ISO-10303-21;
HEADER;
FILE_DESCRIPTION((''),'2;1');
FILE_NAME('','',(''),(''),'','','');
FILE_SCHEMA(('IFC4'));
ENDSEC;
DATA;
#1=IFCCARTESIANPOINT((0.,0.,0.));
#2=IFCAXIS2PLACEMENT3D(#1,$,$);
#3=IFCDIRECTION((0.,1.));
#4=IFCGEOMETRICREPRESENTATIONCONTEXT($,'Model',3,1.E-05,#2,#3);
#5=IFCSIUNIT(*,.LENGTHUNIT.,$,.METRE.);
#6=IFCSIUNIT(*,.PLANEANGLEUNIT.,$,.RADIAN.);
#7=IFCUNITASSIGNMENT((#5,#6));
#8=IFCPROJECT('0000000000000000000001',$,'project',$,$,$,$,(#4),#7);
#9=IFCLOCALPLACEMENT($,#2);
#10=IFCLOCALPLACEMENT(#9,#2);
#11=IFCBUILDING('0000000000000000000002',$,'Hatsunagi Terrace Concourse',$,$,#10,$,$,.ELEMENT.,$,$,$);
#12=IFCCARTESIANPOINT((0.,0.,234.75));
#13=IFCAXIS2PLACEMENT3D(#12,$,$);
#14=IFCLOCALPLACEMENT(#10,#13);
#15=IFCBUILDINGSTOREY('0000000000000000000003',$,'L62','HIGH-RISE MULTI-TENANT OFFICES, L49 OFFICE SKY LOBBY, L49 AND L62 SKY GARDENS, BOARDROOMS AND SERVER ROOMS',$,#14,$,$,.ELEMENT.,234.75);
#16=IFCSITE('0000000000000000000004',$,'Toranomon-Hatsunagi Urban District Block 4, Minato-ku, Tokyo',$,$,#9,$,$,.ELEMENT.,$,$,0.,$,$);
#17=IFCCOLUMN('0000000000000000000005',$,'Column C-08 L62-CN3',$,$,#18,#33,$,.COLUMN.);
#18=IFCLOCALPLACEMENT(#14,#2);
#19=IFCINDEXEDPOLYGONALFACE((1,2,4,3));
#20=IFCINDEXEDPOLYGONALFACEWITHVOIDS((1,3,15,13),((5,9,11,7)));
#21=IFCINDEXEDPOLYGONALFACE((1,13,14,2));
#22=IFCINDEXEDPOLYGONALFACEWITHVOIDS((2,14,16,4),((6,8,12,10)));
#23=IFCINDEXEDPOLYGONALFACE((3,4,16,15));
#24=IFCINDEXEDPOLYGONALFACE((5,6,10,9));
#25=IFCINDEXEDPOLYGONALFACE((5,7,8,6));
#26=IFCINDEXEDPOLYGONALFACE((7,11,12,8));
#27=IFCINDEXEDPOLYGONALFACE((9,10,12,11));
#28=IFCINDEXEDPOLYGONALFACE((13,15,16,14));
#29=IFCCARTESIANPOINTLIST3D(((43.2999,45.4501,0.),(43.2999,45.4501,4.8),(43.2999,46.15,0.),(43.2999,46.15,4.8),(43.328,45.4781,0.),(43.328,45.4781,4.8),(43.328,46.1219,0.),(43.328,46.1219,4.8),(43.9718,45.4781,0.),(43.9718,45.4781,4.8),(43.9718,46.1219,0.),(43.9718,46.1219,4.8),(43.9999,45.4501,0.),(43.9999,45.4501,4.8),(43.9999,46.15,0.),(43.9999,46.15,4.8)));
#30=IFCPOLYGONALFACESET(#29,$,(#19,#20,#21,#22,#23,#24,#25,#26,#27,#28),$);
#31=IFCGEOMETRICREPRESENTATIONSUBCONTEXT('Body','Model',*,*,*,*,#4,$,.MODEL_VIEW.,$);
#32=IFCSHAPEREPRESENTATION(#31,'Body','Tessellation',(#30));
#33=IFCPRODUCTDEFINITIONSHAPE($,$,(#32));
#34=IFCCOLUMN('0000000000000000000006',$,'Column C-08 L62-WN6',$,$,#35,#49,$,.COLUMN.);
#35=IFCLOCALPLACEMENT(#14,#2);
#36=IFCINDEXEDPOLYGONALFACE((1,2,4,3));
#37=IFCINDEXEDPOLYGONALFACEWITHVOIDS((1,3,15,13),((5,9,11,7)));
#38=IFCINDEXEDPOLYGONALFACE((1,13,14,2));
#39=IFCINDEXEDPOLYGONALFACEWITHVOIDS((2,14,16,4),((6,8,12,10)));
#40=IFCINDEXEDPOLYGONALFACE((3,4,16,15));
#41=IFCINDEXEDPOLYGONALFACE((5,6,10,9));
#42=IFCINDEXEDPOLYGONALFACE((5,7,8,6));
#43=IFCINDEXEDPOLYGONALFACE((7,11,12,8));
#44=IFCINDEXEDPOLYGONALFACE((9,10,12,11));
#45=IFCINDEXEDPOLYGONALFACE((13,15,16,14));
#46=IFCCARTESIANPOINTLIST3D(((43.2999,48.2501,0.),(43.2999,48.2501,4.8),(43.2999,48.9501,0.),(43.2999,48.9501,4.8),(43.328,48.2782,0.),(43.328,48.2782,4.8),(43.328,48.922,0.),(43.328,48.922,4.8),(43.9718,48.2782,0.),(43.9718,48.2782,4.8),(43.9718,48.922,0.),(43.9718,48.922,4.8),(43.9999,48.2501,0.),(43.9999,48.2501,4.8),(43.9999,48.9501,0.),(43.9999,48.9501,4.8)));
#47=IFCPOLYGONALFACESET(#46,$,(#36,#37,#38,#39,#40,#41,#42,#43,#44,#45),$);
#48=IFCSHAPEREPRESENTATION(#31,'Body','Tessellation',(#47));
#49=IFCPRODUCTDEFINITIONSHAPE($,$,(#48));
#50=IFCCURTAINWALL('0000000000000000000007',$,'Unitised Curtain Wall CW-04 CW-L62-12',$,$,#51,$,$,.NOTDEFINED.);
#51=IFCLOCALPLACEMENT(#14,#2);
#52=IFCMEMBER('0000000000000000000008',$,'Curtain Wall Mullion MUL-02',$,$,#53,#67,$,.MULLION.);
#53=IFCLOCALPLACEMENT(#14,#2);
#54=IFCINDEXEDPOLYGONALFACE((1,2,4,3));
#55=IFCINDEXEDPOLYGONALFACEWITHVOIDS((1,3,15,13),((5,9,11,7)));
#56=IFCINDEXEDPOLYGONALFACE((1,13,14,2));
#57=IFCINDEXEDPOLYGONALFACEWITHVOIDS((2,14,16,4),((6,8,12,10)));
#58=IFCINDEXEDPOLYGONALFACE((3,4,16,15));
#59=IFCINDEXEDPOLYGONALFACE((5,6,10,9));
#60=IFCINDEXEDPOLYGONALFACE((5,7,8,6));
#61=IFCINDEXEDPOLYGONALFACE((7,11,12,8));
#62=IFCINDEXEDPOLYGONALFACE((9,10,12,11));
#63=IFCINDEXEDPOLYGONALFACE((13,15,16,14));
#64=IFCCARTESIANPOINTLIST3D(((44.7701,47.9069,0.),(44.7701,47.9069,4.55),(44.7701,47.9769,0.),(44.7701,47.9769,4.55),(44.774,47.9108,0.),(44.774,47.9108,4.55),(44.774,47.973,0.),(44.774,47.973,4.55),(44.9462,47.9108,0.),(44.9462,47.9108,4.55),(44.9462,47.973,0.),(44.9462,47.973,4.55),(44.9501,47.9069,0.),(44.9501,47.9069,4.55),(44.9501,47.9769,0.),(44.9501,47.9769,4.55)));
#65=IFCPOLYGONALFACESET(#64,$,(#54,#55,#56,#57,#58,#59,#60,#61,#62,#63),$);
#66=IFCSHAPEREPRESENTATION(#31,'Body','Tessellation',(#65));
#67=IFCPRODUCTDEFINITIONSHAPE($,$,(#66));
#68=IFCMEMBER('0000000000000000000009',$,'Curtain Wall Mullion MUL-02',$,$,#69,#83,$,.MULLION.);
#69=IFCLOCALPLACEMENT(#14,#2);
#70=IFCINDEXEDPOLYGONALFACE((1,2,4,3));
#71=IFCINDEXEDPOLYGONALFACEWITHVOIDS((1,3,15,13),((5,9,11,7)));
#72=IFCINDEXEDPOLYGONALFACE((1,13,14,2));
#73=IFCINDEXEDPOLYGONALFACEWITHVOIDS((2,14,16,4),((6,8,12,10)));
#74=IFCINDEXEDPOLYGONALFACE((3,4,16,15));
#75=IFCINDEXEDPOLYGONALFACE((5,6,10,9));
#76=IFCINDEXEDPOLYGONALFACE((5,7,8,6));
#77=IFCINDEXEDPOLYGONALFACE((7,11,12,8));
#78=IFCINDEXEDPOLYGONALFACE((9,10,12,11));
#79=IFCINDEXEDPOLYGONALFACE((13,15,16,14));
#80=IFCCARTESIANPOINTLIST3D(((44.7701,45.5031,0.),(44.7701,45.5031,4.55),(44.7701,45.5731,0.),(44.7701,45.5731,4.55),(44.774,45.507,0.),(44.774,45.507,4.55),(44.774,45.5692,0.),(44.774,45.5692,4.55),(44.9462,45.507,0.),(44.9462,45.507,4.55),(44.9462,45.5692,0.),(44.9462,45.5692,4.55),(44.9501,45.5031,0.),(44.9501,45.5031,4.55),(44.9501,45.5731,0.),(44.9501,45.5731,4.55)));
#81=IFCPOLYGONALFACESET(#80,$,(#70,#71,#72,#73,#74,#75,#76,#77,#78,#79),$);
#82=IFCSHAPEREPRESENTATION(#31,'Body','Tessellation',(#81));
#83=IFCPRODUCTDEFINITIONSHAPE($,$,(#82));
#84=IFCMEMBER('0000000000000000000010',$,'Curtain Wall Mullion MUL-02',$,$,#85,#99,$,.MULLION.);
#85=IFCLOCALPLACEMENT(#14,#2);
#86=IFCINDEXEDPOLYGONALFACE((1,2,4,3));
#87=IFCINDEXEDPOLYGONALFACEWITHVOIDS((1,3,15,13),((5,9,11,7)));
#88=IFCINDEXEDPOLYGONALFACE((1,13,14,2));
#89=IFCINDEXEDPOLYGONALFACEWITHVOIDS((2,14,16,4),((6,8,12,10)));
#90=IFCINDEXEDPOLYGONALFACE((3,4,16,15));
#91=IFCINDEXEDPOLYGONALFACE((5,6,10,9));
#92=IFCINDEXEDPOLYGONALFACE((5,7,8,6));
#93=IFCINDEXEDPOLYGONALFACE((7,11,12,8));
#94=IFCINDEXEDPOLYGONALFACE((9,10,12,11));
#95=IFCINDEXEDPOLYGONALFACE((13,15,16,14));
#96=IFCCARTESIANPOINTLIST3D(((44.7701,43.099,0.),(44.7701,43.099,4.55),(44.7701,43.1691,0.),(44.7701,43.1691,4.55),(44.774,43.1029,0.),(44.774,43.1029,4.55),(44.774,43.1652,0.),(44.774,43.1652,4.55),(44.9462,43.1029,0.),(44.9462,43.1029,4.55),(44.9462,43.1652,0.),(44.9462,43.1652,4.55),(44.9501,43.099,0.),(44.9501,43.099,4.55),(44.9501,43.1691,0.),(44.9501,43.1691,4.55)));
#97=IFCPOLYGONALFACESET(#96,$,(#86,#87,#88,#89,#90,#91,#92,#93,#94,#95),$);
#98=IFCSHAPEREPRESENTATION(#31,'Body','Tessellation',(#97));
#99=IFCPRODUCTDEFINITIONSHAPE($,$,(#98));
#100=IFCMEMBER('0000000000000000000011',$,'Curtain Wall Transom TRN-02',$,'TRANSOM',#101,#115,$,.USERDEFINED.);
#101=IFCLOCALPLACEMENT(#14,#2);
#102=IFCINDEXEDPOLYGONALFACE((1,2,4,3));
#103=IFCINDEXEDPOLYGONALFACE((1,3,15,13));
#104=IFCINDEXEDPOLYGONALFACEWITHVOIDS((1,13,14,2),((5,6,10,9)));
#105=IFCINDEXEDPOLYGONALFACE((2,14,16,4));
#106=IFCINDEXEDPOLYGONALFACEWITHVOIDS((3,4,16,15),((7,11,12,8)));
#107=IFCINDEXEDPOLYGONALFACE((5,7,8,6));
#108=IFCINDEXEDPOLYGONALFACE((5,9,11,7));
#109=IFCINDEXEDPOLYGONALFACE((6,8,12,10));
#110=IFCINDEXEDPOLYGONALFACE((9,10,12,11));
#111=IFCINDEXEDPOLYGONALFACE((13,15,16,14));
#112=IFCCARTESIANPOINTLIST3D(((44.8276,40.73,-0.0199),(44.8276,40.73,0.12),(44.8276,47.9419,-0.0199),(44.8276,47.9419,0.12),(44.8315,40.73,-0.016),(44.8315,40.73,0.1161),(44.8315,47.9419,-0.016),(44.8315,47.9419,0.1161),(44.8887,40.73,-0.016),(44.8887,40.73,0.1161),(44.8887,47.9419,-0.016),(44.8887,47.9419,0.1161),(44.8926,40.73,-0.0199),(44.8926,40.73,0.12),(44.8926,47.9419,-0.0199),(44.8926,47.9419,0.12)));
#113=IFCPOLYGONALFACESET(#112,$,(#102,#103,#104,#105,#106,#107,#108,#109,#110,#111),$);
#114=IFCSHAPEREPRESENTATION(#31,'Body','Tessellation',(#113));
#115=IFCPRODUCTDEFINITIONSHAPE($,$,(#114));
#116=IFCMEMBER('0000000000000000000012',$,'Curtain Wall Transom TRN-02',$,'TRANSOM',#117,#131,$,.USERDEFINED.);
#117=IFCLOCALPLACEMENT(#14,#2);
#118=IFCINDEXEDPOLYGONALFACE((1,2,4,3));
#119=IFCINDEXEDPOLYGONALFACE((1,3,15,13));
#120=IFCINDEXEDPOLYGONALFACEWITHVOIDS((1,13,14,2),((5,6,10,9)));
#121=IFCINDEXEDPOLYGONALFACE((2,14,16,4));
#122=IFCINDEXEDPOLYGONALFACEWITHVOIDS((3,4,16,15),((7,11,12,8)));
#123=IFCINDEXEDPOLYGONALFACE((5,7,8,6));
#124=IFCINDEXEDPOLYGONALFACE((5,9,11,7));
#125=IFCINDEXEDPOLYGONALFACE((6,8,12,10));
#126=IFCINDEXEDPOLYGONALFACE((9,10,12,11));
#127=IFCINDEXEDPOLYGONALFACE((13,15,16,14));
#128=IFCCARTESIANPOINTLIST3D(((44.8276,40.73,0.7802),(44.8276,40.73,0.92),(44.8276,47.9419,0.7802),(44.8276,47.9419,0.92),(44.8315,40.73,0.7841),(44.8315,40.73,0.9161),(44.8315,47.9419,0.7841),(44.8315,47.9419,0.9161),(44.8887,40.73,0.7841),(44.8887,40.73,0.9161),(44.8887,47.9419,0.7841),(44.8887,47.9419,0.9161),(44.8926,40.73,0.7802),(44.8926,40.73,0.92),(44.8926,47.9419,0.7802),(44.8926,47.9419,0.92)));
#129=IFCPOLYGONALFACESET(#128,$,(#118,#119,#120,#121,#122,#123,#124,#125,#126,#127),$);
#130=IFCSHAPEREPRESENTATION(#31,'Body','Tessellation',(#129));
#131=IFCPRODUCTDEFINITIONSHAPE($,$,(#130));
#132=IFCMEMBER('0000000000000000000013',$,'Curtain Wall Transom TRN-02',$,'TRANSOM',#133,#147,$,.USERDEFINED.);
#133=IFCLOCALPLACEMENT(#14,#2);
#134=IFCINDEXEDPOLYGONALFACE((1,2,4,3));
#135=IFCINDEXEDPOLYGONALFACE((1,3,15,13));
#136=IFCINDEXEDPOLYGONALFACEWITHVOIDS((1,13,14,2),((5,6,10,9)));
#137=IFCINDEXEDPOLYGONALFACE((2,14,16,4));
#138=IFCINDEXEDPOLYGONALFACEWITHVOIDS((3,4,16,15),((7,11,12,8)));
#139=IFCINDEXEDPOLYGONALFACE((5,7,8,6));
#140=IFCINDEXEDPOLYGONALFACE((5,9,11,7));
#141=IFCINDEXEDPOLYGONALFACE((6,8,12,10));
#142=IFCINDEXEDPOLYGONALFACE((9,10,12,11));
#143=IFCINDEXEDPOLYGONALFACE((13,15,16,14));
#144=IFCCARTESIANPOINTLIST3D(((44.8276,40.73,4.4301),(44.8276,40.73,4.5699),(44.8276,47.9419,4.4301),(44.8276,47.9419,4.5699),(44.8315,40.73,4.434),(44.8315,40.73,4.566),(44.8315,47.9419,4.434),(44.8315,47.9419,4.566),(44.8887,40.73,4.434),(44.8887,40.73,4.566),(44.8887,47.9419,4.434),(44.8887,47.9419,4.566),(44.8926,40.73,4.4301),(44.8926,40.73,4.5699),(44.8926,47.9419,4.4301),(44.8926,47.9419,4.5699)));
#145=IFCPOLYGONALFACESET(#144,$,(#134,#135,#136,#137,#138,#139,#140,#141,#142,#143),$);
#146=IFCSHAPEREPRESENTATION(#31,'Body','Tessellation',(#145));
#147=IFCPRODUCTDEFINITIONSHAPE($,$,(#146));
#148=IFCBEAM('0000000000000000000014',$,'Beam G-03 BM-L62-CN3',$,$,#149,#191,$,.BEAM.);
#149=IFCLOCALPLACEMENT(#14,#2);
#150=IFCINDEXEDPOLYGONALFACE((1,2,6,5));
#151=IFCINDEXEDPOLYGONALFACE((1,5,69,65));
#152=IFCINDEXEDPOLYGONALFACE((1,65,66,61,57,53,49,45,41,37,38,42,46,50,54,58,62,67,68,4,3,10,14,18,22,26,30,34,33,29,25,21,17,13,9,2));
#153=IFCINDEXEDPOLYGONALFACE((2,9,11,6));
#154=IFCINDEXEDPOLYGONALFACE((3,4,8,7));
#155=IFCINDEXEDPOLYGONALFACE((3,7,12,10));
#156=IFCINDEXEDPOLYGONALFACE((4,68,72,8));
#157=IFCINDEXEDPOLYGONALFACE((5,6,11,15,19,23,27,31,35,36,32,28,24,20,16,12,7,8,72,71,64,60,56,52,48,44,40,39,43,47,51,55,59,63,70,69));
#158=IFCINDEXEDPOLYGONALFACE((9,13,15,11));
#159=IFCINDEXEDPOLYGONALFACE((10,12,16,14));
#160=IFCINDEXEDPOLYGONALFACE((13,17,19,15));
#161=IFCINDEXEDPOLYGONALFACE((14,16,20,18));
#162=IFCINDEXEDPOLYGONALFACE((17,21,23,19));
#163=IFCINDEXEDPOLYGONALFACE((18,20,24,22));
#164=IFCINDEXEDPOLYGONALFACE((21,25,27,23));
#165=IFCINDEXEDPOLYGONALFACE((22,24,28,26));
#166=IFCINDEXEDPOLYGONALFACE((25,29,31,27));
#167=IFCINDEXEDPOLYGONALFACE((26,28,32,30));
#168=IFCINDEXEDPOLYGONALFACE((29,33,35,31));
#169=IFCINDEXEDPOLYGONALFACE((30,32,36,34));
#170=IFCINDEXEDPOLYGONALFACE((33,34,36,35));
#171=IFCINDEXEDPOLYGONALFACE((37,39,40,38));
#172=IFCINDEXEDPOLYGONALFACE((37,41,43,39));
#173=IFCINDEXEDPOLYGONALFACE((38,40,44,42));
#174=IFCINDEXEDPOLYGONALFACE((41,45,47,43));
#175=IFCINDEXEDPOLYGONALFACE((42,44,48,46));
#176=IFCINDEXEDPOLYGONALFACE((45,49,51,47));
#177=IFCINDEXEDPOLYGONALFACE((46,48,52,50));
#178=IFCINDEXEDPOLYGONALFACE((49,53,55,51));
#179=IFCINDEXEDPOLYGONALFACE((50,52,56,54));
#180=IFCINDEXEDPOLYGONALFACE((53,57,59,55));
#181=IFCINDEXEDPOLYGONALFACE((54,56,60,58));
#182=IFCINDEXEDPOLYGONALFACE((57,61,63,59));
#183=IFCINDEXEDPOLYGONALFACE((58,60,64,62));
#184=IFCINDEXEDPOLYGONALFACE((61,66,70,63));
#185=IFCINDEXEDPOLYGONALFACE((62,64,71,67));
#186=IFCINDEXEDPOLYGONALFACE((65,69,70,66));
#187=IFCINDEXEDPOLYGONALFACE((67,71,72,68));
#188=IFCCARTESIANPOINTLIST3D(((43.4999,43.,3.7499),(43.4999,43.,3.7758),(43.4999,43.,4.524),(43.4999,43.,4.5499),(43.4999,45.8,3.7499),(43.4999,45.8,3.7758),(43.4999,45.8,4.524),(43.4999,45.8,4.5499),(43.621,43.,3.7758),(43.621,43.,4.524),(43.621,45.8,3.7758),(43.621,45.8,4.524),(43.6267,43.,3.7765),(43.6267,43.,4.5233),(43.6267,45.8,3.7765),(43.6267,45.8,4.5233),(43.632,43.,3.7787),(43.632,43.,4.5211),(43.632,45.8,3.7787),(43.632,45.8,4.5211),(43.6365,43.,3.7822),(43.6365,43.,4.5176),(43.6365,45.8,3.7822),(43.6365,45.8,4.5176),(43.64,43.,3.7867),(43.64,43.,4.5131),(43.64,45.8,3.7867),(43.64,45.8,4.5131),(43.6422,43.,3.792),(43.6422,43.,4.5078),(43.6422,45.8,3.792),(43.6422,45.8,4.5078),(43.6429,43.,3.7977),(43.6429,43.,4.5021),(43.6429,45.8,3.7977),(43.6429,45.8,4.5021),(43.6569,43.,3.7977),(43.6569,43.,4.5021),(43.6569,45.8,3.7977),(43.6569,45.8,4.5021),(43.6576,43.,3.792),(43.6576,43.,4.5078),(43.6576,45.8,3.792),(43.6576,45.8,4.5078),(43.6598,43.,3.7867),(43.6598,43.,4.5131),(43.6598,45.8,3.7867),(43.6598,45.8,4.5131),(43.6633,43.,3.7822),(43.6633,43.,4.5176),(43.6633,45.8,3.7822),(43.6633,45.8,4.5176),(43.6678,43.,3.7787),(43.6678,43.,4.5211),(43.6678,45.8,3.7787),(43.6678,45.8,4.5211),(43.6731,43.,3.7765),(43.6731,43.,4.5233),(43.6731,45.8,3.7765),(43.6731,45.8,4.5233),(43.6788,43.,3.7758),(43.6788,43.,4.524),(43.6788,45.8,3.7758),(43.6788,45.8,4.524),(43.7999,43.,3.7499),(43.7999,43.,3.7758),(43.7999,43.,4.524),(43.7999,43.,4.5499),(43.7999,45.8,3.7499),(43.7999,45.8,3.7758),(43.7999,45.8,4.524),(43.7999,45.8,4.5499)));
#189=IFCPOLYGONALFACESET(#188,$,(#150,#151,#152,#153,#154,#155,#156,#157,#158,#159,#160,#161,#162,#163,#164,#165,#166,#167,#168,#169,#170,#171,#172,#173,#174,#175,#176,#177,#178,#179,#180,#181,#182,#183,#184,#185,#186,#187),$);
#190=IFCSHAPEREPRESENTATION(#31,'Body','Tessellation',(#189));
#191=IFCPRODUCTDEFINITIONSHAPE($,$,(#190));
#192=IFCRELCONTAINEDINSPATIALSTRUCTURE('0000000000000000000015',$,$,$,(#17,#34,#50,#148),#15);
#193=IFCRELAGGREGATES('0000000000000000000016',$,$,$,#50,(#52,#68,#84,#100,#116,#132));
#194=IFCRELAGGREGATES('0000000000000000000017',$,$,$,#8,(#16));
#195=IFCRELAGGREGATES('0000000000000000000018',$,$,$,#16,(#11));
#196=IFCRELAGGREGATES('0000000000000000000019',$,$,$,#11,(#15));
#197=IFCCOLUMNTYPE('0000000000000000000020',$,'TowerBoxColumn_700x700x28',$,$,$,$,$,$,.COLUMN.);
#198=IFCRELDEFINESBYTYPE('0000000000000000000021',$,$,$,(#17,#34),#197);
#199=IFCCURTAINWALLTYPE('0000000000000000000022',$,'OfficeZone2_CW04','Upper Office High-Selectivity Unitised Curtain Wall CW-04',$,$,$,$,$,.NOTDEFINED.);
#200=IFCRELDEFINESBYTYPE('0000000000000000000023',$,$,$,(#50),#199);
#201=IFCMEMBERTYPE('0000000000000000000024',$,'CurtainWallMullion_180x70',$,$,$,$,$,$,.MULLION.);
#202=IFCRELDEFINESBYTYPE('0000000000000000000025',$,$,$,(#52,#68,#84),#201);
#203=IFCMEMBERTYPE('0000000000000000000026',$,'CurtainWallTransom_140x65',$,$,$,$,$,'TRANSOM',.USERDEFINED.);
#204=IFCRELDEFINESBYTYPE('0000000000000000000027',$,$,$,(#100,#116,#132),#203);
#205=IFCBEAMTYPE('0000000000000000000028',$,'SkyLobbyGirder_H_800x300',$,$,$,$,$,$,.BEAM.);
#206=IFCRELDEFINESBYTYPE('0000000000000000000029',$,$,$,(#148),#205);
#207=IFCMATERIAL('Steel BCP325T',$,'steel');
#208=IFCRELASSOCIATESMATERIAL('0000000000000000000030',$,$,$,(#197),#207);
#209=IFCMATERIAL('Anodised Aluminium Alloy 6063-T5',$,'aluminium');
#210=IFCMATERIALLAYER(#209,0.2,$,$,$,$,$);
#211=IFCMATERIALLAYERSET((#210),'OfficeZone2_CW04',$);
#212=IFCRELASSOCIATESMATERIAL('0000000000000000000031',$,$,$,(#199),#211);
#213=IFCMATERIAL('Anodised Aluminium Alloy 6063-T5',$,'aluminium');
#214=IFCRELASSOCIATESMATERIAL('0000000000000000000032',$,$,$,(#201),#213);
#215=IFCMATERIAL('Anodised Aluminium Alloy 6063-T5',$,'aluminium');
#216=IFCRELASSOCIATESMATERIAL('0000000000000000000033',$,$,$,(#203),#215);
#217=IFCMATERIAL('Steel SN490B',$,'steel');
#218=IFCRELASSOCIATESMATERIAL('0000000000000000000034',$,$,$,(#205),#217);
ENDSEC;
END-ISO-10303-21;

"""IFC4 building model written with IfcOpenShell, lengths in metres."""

from ifc_helpers import new_model, si_unit, direction, frame, origin, origin_2d, place, context, subcontext, project, spatial, hollow_rectangle, i_section, extrude, material, layer, layer_set, material_profile, profile_set, type_object, element, aggregate, save


model = new_model("IFC4")

# Units and contexts
model_context = context("Model", 3, precision=1e-05, world=origin(), true_north=direction((0.0, 1.0)))
body_context = subcontext(model_context, "Body", "Model", "MODEL_VIEW")
ifc_project = project(units=[si_unit("LENGTHUNIT", "METRE"), si_unit("PLANEANGLEUNIT", "RADIAN")], contexts=[model_context])

# Site, building, storey
site_placement = place(None, origin())
site = spatial("IfcSite", under=ifc_project, at=site_placement, Name="Toranomon-Hatsunagi Urban District Block 4, Minato-ku, Tokyo", CompositionType="ELEMENT", RefElevation=0.0)
building_placement = place(site_placement, origin())
building = spatial("IfcBuilding", under=site, at=building_placement, Name="Hatsunagi Terrace Concourse", CompositionType="ELEMENT")
storey_placement = place(building_placement, frame((0.0, 0.0, 234.75)))
storey = spatial("IfcBuildingStorey", under=building, at=storey_placement, Name="L62", Description="HIGH-RISE MULTI-TENANT OFFICES, L49 OFFICE SKY LOBBY, L49 AND L62 SKY GARDENS, BOARDROOMS AND SERVER ROOMS", CompositionType="ELEMENT", Elevation=234.75)

# Columns
ifc_material_1 = material(Name="Steel BCP325T", Category="steel")
ifc_material_profile_1 = material_profile(ifc_material_1, hollow_rectangle(XDim=0.7, YDim=0.7, WallThickness=0.0281, at=origin_2d()), Name="BCP-700x700x28")
ifc_profile_set_1 = profile_set([ifc_material_profile_1], Name="Steel BCP325T")
column_type = type_object("IfcColumnType", Name="TowerBoxColumn_700x700x28", PredefinedType="COLUMN", material=ifc_profile_set_1)
for number, where, z_axis, x_axis, name in (
    (1, (43.6499, 45.8, 0.0), (0.0, 0.0, 1.0), (1.0, 0.0, 0.0), "Column C-08 L62-CN3"),
    (2, (43.6499, 48.6001, 0.0), (0.0, 0.0, 1.0), (1.0, 0.0, 0.0), "Column C-08 L62-WN6"),
):
    element("IfcColumn", number, at=place(storey_placement, frame(where, z_axis=z_axis, x_axis=x_axis)), inside=storey, type_object=column_type, Name=name, PredefinedType="COLUMN", context=body_context, shape_type="SweptSolid", body=[
        extrude(hollow_rectangle(XDim=0.7, YDim=0.7, WallThickness=0.0281, at=origin_2d()), origin(), (0.0, 0.0, 1.0), 4.8),
    ])

# Curtain wall, members
ifc_material_2 = material(Name="Anodised Aluminium Alloy 6063-T5", Category="aluminium")
ifc_layer_1 = layer(ifc_material_2, 0.2)
ifc_layer_set_1 = layer_set([ifc_layer_1], Name="OfficeZone2_CW04")
curtain_wall_type = type_object("IfcCurtainWallType", Name="OfficeZone2_CW04", Description="Upper Office High-Selectivity Unitised Curtain Wall CW-04", PredefinedType="NOTDEFINED", material=ifc_layer_set_1)
curtain_wall_placement = place(storey_placement, origin())
curtain_wall = element("IfcCurtainWall", 3, at=curtain_wall_placement, inside=storey, type_object=curtain_wall_type, Name="Unitised Curtain Wall CW-04 CW-L62-12", PredefinedType="NOTDEFINED")
ifc_material_3 = material(Name="Anodised Aluminium Alloy 6063-T5", Category="aluminium")
ifc_material_profile_2 = material_profile(ifc_material_3, hollow_rectangle(XDim=0.0701, YDim=0.1799, WallThickness=0.0039, at=origin_2d()), Name="ALU-MUL-180x70x4")
ifc_profile_set_2 = profile_set([ifc_material_profile_2], Name="Anodised Aluminium Alloy 6063-T5")
member_type_1 = type_object("IfcMemberType", Name="CurtainWallMullion_180x70", PredefinedType="MULLION", material=ifc_profile_set_2)
member_1_placement = place(storey_placement, frame((44.8601, 47.9419, 0.0), z_axis=(0.0, 0.0, 1.0), x_axis=(0.0, -1.0, 0.0)))
member_1 = element("IfcMember", 4, at=member_1_placement, type_object=member_type_1, Name="Curtain Wall Mullion MUL-02", PredefinedType="MULLION", context=body_context, shape_type="SweptSolid", body=[
    extrude(hollow_rectangle(XDim=0.0701, YDim=0.1799, WallThickness=0.0039, at=origin_2d()), origin(), (0.0, 0.0, 1.0), 4.55),
])
member_2_placement = place(storey_placement, frame((44.8601, 45.5381, 0.0), z_axis=(0.0, 0.0, 1.0), x_axis=(0.0, -1.0, 0.0)))
member_2 = element("IfcMember", 5, at=member_2_placement, type_object=member_type_1, Name="Curtain Wall Mullion MUL-02", PredefinedType="MULLION", context=body_context, shape_type="SweptSolid", body=[
    extrude(hollow_rectangle(XDim=0.0701, YDim=0.1799, WallThickness=0.0039, at=origin_2d()), origin(), (0.0, 0.0, 1.0), 4.55),
])
member_3_placement = place(storey_placement, frame((44.8601, 43.134, 0.0), z_axis=(0.0, 0.0, 1.0), x_axis=(0.0, -1.0, 0.0)))
member_3 = element("IfcMember", 6, at=member_3_placement, type_object=member_type_1, Name="Curtain Wall Mullion MUL-02", PredefinedType="MULLION", context=body_context, shape_type="SweptSolid", body=[
    extrude(hollow_rectangle(XDim=0.0701, YDim=0.1799, WallThickness=0.0039, at=origin_2d()), origin(), (0.0, 0.0, 1.0), 4.55),
])
ifc_material_4 = material(Name="Anodised Aluminium Alloy 6063-T5", Category="aluminium")
ifc_material_profile_3 = material_profile(ifc_material_4, hollow_rectangle(XDim=0.0649, YDim=0.1399, WallThickness=0.0039, at=origin_2d()), Name="ALU-TRN-140x65x4")
ifc_profile_set_3 = profile_set([ifc_material_profile_3], Name="Anodised Aluminium Alloy 6063-T5")
member_type_2 = type_object("IfcMemberType", Name="CurtainWallTransom_140x65", ElementType="TRANSOM", PredefinedType="USERDEFINED", material=ifc_profile_set_3)
member_4_placement = place(storey_placement, frame((44.8601, 47.9419, 0.05), z_axis=(0.0, -1.0, 0.0), x_axis=(1.0, 0.0, 0.0)))
member_4 = element("IfcMember", 7, at=member_4_placement, type_object=member_type_2, Name="Curtain Wall Transom TRN-02", ObjectType="TRANSOM", PredefinedType="USERDEFINED", context=body_context, shape_type="SweptSolid", body=[
    extrude(hollow_rectangle(XDim=0.0649, YDim=0.1399, WallThickness=0.0039, at=origin_2d()), origin(), (0.0, 0.0, 1.0), 7.2119),
])
member_5_placement = place(storey_placement, frame((44.8601, 47.9419, 0.8501), z_axis=(0.0, -1.0, 0.0), x_axis=(1.0, 0.0, 0.0)))
member_5 = element("IfcMember", 8, at=member_5_placement, type_object=member_type_2, Name="Curtain Wall Transom TRN-02", ObjectType="TRANSOM", PredefinedType="USERDEFINED", context=body_context, shape_type="SweptSolid", body=[
    extrude(hollow_rectangle(XDim=0.0649, YDim=0.1399, WallThickness=0.0039, at=origin_2d()), origin(), (0.0, 0.0, 1.0), 7.2119),
])
member_6_placement = place(storey_placement, frame((44.8601, 47.9419, 4.5), z_axis=(0.0, -1.0, 0.0), x_axis=(1.0, 0.0, 0.0)))
member_6 = element("IfcMember", 9, at=member_6_placement, type_object=member_type_2, Name="Curtain Wall Transom TRN-02", ObjectType="TRANSOM", PredefinedType="USERDEFINED", context=body_context, shape_type="SweptSolid", body=[
    extrude(hollow_rectangle(XDim=0.0649, YDim=0.1399, WallThickness=0.0039, at=origin_2d()), origin(), (0.0, 0.0, 1.0), 7.2119),
])

# Beam
ifc_material_5 = material(Name="Steel SN490B", Category="steel")
ifc_material_profile_4 = material_profile(ifc_material_5, i_section(OverallWidth=0.3, OverallDepth=0.8, WebThickness=0.0139, FlangeThickness=0.0259, FilletRadius=0.022, at=origin_2d()), Name="H-800x300x14x26")
ifc_profile_set_4 = profile_set([ifc_material_profile_4], Name="Steel SN490B")
beam_type = type_object("IfcBeamType", Name="SkyLobbyGirder_H_800x300", PredefinedType="BEAM", material=ifc_profile_set_4)
for number, where, z_axis, x_axis, name in (
    (10, (43.6499, 43.0, 4.1499), (0.0, 1.0, 0.0), (-1.0, 0.0, 0.0), "Beam G-03 BM-L62-CN3"),
):
    element("IfcBeam", number, at=place(storey_placement, frame(where, z_axis=z_axis, x_axis=x_axis)), inside=storey, type_object=beam_type, Name=name, PredefinedType="BEAM", context=body_context, shape_type="SweptSolid", body=[
        extrude(i_section(OverallWidth=0.3, OverallDepth=0.8, WebThickness=0.0139, FlangeThickness=0.0259, FilletRadius=0.022, at=origin_2d()), origin(), (0.0, 0.0, 1.0), 2.8),
    ])

aggregate(curtain_wall, [member_1, member_2, member_3, member_4, member_5, member_6])

save(model, "model.ifc")
